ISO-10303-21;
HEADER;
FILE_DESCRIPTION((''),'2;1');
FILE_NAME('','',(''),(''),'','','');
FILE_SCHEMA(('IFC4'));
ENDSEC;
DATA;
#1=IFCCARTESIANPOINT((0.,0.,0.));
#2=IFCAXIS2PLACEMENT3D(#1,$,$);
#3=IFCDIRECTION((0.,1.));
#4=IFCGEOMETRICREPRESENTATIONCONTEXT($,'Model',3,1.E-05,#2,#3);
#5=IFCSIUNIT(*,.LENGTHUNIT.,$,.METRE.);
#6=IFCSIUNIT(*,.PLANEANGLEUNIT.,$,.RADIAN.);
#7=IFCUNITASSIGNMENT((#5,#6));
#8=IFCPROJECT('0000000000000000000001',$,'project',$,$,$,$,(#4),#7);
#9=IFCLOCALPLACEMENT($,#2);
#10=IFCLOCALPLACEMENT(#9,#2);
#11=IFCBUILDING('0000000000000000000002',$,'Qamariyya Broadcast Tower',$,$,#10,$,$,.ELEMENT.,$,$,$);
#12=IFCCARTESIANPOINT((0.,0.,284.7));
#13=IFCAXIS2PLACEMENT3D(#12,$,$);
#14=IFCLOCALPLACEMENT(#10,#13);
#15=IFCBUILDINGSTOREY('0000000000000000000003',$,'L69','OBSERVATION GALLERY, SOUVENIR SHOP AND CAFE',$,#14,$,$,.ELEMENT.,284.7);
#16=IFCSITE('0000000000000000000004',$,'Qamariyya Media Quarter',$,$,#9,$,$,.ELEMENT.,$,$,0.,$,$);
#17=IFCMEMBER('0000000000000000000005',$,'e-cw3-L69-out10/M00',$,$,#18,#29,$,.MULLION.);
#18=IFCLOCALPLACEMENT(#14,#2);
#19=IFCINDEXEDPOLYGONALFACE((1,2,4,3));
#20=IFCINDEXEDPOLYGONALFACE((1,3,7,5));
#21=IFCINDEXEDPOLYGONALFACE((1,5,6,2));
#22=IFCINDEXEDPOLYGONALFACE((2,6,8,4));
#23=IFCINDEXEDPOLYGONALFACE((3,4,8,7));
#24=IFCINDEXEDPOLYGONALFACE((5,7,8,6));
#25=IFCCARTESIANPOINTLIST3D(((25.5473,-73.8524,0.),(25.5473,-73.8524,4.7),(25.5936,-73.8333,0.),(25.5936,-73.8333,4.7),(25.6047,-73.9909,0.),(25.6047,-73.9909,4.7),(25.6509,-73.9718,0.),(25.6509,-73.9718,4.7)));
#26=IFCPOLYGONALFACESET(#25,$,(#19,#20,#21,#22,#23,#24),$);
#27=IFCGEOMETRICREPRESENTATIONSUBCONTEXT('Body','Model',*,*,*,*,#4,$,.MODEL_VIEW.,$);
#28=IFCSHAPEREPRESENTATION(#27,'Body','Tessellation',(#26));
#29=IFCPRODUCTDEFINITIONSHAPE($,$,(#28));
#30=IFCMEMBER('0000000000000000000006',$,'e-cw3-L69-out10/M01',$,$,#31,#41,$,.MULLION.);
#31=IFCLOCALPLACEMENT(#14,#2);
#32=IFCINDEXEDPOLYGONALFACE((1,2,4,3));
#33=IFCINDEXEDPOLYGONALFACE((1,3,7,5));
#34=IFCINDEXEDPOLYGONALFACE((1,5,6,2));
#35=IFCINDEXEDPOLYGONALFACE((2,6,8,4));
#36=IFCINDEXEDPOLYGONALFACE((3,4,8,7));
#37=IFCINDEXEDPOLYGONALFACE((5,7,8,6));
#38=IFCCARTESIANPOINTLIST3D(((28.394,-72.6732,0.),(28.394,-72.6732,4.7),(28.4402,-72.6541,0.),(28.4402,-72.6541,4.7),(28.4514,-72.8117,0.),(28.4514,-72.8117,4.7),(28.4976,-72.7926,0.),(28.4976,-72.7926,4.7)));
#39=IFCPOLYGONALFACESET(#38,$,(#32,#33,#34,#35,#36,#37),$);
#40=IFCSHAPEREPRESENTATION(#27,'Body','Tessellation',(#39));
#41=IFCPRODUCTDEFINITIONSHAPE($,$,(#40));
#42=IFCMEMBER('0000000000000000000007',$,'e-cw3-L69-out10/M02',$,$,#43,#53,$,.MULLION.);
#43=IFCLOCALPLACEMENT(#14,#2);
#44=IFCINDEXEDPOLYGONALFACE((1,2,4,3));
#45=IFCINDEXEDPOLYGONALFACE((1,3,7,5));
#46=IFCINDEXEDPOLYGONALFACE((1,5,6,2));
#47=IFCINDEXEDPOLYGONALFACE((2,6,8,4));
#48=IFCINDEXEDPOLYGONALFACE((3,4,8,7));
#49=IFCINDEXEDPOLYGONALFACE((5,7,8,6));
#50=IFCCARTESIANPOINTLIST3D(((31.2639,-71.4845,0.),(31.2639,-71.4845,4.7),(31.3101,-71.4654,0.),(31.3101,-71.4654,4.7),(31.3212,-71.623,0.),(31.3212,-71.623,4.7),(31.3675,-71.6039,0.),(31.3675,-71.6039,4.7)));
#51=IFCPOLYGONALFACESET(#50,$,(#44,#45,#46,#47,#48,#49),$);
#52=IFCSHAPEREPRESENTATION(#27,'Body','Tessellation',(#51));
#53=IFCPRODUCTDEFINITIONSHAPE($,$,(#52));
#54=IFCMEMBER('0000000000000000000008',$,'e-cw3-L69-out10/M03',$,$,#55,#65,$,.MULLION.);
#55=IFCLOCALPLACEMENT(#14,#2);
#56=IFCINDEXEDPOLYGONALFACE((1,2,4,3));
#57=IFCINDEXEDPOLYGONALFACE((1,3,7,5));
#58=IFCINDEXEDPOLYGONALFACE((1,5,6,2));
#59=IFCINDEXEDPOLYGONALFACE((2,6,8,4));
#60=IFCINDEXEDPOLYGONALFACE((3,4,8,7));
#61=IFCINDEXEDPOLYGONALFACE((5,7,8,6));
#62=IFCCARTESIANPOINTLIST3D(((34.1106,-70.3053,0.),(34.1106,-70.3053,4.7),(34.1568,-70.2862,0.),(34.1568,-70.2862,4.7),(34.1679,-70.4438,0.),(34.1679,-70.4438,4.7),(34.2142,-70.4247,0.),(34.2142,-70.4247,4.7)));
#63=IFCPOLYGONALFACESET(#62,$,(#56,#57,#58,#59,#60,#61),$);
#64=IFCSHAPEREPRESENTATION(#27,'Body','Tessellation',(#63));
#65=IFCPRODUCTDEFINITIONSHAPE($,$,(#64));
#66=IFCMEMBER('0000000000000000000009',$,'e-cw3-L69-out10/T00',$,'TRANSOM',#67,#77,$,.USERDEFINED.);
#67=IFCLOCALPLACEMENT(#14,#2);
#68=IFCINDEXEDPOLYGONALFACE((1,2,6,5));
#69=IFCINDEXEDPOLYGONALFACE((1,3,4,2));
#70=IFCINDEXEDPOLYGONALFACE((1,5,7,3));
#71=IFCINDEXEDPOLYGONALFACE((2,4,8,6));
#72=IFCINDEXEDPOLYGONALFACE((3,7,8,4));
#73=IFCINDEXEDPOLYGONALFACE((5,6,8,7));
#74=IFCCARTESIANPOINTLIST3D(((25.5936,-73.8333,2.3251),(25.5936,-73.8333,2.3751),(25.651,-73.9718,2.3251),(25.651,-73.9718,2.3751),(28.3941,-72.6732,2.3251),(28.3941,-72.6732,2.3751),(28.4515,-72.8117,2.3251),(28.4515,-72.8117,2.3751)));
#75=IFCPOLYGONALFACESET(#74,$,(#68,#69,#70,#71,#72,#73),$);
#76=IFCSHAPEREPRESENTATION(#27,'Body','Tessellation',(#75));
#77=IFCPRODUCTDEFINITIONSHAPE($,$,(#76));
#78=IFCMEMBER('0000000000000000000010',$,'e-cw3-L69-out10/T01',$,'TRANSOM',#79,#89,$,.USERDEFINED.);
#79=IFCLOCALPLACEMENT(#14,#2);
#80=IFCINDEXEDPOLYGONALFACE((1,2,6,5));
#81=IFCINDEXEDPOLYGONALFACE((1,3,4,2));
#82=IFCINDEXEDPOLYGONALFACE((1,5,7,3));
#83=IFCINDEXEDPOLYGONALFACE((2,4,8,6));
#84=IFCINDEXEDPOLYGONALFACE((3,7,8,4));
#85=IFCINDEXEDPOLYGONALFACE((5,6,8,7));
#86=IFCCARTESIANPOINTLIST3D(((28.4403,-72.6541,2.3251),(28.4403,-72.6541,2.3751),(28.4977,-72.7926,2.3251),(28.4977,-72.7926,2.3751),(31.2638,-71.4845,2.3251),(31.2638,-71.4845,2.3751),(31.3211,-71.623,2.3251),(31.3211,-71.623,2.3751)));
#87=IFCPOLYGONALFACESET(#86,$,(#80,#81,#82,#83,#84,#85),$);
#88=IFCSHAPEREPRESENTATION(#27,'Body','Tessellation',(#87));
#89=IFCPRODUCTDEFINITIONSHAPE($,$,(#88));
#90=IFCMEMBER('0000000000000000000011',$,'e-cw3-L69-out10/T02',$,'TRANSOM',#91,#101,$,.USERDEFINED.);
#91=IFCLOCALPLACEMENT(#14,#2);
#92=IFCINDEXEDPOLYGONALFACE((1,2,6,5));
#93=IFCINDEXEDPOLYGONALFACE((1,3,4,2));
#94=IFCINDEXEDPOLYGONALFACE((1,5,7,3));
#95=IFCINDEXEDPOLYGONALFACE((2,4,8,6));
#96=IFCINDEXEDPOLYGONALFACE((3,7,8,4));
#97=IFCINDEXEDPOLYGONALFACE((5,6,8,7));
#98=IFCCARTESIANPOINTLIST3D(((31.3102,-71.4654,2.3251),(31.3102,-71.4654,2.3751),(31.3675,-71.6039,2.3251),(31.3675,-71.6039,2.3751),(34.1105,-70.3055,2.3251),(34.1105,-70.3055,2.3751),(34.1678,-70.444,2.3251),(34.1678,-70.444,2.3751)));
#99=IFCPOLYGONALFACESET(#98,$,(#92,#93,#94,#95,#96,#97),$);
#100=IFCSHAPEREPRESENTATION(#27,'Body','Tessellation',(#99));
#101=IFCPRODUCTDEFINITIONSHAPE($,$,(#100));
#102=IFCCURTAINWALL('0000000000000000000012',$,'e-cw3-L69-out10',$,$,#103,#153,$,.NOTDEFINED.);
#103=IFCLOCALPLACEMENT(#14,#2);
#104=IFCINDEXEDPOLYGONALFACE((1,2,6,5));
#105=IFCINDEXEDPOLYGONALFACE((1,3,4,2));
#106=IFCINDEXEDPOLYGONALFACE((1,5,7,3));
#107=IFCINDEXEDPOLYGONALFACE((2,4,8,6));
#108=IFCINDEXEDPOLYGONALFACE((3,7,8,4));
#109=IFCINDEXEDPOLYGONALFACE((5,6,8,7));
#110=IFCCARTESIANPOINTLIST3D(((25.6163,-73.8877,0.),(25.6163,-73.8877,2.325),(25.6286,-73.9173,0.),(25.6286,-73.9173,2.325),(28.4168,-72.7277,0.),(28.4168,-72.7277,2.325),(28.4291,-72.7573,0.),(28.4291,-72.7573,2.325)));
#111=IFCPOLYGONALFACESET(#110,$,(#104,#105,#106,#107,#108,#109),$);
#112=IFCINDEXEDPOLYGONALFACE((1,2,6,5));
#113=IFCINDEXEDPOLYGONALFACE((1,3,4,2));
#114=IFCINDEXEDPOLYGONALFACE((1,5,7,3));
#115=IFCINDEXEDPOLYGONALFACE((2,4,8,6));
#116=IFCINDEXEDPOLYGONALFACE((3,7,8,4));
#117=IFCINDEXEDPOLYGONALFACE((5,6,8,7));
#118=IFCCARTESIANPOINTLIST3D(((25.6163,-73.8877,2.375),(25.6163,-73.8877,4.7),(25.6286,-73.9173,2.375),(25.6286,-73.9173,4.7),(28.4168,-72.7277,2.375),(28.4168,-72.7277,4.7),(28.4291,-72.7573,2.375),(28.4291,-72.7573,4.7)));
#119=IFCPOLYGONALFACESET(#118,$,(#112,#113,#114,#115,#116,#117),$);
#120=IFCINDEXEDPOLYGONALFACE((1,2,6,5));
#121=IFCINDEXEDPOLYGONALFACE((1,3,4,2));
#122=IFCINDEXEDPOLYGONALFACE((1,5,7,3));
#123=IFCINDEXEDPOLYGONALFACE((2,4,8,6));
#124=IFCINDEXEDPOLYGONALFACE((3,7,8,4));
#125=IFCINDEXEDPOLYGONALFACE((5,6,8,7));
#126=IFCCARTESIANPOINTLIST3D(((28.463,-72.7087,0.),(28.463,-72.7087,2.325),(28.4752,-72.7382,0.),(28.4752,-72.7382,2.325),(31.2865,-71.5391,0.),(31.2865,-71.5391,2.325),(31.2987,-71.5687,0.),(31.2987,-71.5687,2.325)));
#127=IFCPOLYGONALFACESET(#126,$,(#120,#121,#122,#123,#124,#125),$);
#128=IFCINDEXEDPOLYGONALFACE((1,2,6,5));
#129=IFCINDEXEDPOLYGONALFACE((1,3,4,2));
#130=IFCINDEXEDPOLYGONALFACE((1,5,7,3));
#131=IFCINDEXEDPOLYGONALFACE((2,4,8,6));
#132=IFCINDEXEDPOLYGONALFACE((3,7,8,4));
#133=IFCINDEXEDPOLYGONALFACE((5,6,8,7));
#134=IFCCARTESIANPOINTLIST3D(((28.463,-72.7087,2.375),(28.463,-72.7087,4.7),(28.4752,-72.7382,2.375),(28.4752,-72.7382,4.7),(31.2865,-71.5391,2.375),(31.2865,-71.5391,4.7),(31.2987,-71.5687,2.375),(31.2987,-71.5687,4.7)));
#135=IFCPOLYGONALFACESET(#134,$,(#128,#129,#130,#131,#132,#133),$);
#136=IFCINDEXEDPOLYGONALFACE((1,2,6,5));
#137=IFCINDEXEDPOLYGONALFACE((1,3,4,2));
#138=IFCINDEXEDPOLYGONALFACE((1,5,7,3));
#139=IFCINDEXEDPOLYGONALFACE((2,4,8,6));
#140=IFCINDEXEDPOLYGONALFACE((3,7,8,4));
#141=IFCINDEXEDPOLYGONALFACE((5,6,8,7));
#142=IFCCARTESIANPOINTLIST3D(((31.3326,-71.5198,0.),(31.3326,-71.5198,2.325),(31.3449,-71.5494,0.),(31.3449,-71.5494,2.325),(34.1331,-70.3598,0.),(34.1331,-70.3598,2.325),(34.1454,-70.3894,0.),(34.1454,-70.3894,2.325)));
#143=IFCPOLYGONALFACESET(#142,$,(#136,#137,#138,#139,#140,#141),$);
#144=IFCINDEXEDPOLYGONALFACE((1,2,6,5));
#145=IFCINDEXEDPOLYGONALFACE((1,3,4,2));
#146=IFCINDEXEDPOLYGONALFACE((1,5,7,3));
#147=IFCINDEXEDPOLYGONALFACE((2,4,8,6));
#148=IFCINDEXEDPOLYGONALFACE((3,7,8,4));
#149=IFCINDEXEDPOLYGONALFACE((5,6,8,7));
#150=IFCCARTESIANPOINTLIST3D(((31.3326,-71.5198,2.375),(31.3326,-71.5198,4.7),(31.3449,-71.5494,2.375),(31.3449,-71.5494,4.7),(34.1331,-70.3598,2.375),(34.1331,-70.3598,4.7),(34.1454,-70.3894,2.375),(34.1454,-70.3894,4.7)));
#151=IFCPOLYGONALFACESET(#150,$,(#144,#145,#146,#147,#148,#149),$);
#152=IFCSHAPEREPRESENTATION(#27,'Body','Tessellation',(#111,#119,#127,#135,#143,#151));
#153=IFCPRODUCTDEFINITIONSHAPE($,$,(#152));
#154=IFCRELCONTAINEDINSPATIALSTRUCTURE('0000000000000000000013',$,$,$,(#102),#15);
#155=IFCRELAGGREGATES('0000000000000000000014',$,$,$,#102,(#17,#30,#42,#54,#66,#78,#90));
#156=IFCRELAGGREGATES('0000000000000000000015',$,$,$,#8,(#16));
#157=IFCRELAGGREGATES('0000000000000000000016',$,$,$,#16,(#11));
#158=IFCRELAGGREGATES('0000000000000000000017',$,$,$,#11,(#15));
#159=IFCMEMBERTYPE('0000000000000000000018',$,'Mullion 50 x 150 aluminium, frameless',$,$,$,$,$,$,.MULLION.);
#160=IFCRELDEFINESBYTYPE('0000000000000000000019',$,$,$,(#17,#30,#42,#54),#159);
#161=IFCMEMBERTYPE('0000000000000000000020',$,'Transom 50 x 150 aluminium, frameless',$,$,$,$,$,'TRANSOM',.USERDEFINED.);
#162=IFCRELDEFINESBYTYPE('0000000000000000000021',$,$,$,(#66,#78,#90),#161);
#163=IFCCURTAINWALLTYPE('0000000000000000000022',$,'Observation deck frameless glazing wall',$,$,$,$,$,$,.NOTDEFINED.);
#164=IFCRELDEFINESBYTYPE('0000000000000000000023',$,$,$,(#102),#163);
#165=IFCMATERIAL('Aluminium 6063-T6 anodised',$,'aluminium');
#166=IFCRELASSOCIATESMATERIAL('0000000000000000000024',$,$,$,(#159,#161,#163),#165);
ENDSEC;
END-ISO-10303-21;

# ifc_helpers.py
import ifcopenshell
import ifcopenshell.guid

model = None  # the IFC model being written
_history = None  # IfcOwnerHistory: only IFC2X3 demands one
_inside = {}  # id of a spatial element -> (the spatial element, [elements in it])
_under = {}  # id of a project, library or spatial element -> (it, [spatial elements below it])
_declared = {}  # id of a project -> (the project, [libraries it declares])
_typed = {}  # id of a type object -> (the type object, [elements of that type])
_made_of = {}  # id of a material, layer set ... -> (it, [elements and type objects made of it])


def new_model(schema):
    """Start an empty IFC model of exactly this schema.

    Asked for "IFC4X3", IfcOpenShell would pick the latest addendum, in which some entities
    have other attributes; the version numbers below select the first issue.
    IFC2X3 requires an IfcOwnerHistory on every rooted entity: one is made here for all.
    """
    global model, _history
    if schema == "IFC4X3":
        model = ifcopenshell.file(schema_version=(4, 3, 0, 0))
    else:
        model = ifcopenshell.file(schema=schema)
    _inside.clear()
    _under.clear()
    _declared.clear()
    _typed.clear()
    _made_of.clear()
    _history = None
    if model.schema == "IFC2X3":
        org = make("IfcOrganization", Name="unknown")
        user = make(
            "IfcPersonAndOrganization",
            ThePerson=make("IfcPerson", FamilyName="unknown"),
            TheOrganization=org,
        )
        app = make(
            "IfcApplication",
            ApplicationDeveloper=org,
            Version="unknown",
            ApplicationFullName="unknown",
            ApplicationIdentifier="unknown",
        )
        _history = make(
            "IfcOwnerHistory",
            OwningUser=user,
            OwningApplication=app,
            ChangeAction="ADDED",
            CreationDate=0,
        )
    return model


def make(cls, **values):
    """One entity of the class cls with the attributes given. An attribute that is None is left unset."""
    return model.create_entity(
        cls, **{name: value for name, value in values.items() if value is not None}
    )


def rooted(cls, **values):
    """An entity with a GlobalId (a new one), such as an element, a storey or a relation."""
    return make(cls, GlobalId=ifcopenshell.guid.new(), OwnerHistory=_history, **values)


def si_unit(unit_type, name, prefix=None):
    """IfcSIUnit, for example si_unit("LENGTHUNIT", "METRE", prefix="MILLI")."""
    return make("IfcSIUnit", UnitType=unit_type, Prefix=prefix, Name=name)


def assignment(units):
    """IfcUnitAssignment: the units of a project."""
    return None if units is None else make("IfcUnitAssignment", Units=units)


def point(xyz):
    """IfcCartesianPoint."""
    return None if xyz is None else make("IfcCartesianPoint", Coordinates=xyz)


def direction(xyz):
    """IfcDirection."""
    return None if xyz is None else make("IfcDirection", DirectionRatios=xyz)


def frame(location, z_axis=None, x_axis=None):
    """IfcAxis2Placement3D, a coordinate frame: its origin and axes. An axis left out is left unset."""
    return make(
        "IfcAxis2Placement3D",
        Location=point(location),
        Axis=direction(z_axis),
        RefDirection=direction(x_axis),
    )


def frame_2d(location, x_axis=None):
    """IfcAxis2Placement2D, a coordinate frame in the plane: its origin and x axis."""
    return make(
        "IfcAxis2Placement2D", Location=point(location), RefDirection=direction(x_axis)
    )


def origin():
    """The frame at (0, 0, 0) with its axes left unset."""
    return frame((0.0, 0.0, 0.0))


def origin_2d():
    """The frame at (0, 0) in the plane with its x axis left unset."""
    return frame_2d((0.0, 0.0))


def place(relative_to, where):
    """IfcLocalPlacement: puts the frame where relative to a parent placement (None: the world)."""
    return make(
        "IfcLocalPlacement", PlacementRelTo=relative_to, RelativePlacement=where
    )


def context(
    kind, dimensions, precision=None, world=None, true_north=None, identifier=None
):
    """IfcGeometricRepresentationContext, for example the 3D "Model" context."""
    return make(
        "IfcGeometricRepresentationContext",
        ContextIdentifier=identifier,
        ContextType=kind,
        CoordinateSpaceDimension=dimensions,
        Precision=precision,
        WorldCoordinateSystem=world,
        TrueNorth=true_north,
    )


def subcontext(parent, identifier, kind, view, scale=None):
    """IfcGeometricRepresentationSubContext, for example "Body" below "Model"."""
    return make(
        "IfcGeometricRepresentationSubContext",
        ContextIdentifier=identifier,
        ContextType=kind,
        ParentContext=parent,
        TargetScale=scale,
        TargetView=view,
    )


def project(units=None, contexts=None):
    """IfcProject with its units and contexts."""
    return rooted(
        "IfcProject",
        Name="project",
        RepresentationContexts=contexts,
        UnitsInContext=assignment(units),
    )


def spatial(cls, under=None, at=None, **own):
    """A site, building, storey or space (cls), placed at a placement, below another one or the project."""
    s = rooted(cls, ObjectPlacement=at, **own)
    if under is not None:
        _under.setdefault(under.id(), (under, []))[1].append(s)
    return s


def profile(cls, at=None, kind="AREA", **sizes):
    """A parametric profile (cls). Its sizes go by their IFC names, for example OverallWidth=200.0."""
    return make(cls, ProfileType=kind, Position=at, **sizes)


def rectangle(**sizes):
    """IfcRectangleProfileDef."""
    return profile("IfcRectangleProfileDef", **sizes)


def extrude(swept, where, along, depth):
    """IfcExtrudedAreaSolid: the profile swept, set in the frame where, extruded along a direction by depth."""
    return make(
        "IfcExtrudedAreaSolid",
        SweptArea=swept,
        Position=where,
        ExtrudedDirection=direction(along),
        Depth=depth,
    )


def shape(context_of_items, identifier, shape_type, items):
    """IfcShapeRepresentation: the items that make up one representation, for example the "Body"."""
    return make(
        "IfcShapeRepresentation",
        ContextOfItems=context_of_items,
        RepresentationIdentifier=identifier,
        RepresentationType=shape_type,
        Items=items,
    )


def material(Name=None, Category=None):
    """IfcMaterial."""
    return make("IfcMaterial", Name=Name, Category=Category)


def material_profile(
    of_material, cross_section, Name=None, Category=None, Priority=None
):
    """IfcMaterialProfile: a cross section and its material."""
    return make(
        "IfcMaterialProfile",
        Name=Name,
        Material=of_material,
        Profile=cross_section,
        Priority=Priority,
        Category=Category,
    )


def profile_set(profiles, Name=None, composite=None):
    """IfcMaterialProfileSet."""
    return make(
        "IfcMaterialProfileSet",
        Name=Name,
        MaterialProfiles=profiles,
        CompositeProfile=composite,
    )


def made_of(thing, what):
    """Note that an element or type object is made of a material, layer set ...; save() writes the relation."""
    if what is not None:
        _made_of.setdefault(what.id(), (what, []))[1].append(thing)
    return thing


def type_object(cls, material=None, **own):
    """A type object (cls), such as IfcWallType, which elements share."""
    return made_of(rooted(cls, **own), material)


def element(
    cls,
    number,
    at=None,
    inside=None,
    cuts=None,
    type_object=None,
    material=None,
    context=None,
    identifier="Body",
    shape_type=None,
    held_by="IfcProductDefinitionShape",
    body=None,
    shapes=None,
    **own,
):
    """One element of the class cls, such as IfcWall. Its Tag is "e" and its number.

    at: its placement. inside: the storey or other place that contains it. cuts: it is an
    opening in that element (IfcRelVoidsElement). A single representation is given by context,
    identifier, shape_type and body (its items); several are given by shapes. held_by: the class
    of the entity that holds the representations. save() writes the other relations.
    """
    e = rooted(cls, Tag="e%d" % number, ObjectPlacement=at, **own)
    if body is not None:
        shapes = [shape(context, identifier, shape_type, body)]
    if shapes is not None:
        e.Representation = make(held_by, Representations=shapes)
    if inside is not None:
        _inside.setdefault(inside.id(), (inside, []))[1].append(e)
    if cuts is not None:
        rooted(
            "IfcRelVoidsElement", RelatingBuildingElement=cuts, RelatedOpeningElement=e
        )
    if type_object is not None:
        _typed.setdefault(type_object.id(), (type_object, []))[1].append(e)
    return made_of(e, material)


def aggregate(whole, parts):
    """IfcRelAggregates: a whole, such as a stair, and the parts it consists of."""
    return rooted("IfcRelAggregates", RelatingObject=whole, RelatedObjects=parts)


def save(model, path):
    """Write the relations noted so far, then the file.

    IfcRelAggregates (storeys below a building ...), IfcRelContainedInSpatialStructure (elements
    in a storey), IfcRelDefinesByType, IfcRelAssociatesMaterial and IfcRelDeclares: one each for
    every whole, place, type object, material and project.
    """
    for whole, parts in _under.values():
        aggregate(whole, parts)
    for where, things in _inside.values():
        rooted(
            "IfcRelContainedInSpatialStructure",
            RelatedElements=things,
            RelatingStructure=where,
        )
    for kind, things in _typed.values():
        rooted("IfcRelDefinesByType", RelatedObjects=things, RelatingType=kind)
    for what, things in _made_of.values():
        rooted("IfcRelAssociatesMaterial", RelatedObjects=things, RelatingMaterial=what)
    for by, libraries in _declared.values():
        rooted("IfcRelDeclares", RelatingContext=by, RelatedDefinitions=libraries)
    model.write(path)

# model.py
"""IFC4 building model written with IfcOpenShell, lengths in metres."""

from ifc_helpers import new_model, si_unit, direction, frame, origin, origin_2d, place, context, subcontext, project, spatial, rectangle, extrude, material, material_profile, profile_set, type_object, element, aggregate, save


model = new_model("IFC4")

# Units and contexts
model_context = context("Model", 3, precision=1e-05, world=origin(), true_north=direction((0.0, 1.0)))
body_context = subcontext(model_context, "Body", "Model", "MODEL_VIEW")
ifc_project = project(units=[si_unit("LENGTHUNIT", "METRE"), si_unit("PLANEANGLEUNIT", "RADIAN")], contexts=[model_context])

# Members
ifc_material = material(Name="Aluminium 6063-T6 anodised", Category="aluminium")
ifc_material_profile_1 = material_profile(ifc_material, rectangle(XDim=0.1499, YDim=0.05, at=origin_2d()))
ifc_profile_set_1 = profile_set([ifc_material_profile_1], Name="Aluminium 6063-T6 anodised")
member_type_1 = type_object("IfcMemberType", Name="Mullion 50 x 150 aluminium, frameless", PredefinedType="MULLION", material=ifc_profile_set_1)
site_placement = place(None, origin())
building_placement = place(site_placement, origin())
storey_placement = place(building_placement, frame((0.0, 0.0, 284.7)))
member_1_placement = place(storey_placement, frame((25.5991, -73.9121, 0.0), z_axis=(0.0, 0.0, 1.0), x_axis=(-0.382683, 0.92388, 0.0)))
member_1 = element("IfcMember", 1, at=member_1_placement, type_object=member_type_1, Name="e-cw3-L69-out10/M00", PredefinedType="MULLION", context=body_context, shape_type="SweptSolid", body=[
    extrude(rectangle(XDim=0.1499, YDim=0.05, at=origin_2d()), origin(), (0.0, 0.0, 1.0), 4.7),
])
member_2_placement = place(storey_placement, frame((28.4458, -72.7329, 0.0), z_axis=(0.0, 0.0, 1.0), x_axis=(-0.382683, 0.92388, 0.0)))
member_2 = element("IfcMember", 2, at=member_2_placement, type_object=member_type_1, Name="e-cw3-L69-out10/M01", PredefinedType="MULLION", context=body_context, shape_type="SweptSolid", body=[
    extrude(rectangle(XDim=0.1499, YDim=0.05, at=origin_2d()), origin(), (0.0, 0.0, 1.0), 4.7),
])
member_3_placement = place(storey_placement, frame((31.3157, -71.5442, 0.0), z_axis=(0.0, 0.0, 1.0), x_axis=(-0.382683, 0.92388, 0.0)))
member_3 = element("IfcMember", 3, at=member_3_placement, type_object=member_type_1, Name="e-cw3-L69-out10/M02", PredefinedType="MULLION", context=body_context, shape_type="SweptSolid", body=[
    extrude(rectangle(XDim=0.1499, YDim=0.05, at=origin_2d()), origin(), (0.0, 0.0, 1.0), 4.7),
])
member_4_placement = place(storey_placement, frame((34.1624, -70.365, 0.0), z_axis=(0.0, 0.0, 1.0), x_axis=(-0.382683, 0.92388, 0.0)))
member_4 = element("IfcMember", 4, at=member_4_placement, type_object=member_type_1, Name="e-cw3-L69-out10/M03", PredefinedType="MULLION", context=body_context, shape_type="SweptSolid", body=[
    extrude(rectangle(XDim=0.1499, YDim=0.05, at=origin_2d()), origin(), (0.0, 0.0, 1.0), 4.7),
])
ifc_material_profile_2 = material_profile(ifc_material, rectangle(XDim=0.1499, YDim=0.05, at=origin_2d()))
ifc_profile_set_2 = profile_set([ifc_material_profile_2], Name="Aluminium 6063-T6 anodised")
member_type_2 = type_object("IfcMemberType", Name="Transom 50 x 150 aluminium, frameless", ElementType="TRANSOM", PredefinedType="USERDEFINED", material=ifc_profile_set_2)
member_5_placement = place(storey_placement, frame((25.6223, -73.9026, 2.3501), z_axis=(0.923864, 0.382722, 0.0), x_axis=(-0.382722, 0.923864, 0.0)))
member_5 = element("IfcMember", 5, at=member_5_placement, type_object=member_type_2, Name="e-cw3-L69-out10/T00", ObjectType="TRANSOM", PredefinedType="USERDEFINED", context=body_context, shape_type="SweptSolid", body=[
    extrude(rectangle(XDim=0.1499, YDim=0.05, at=origin_2d()), origin(), (0.0, 0.0, 1.0), 3.0312),
])
member_6_placement = place(storey_placement, frame((28.469, -72.7234, 2.3501), z_axis=(0.923862, 0.382726, 0.0), x_axis=(-0.382726, 0.923862, 0.0)))
member_6 = element("IfcMember", 6, at=member_6_placement, type_object=member_type_2, Name="e-cw3-L69-out10/T01", ObjectType="TRANSOM", PredefinedType="USERDEFINED", context=body_context, shape_type="SweptSolid", body=[
    extrude(rectangle(XDim=0.1499, YDim=0.05, at=origin_2d()), origin(), (0.0, 0.0, 1.0), 3.0562),
])
member_7_placement = place(storey_placement, frame((31.3389, -71.5347, 2.3501), z_axis=(0.92388, 0.382681, 0.0), x_axis=(-0.382681, 0.92388, 0.0)))
member_7 = element("IfcMember", 7, at=member_7_placement, type_object=member_type_2, Name="e-cw3-L69-out10/T02", ObjectType="TRANSOM", PredefinedType="USERDEFINED", context=body_context, shape_type="SweptSolid", body=[
    extrude(rectangle(XDim=0.1499, YDim=0.05, at=origin_2d()), origin(), (0.0, 0.0, 1.0), 3.031),
])

# Site, building, storey
site = spatial("IfcSite", under=ifc_project, at=site_placement, Name="Qamariyya Media Quarter", CompositionType="ELEMENT", RefElevation=0.0)
building = spatial("IfcBuilding", under=site, at=building_placement, Name="Qamariyya Broadcast Tower", CompositionType="ELEMENT")
storey = spatial("IfcBuildingStorey", under=building, at=storey_placement, Name="L69", Description="OBSERVATION GALLERY, SOUVENIR SHOP AND CAFE", CompositionType="ELEMENT", Elevation=284.7)

# Curtain wall
curtain_wall_type = type_object("IfcCurtainWallType", Name="Observation deck frameless glazing wall", PredefinedType="NOTDEFINED", material=ifc_material)
curtain_wall_1_placement = place(storey_placement, origin())
curtain_wall_1 = element("IfcCurtainWall", 8, at=curtain_wall_1_placement, inside=storey, type_object=curtain_wall_type, Name="e-cw3-L69-out10", PredefinedType="NOTDEFINED", context=body_context, shape_type="SweptSolid", body=[
    extrude(rectangle(XDim=3.0312, YDim=0.032, at=origin_2d()), frame((27.0227, -73.3225, 0.0), x_axis=(0.923878, 0.382687, 0.0)), (0.0, 0.0, 1.0), 2.325),
    extrude(rectangle(XDim=3.0312, YDim=0.032, at=origin_2d()), frame((27.0227, -73.3225, 2.375), x_axis=(0.923878, 0.382687, 0.0)), (0.0, 0.0, 1.0), 2.325),
    extrude(rectangle(XDim=3.0562, YDim=0.032, at=origin_2d()), frame((29.8809, -72.1387, 0.0), x_axis=(0.923878, 0.382687, 0.0)), (0.0, 0.0, 1.0), 2.325),
    extrude(rectangle(XDim=3.0562, YDim=0.032, at=origin_2d()), frame((29.8809, -72.1387, 2.375), x_axis=(0.923878, 0.382687, 0.0)), (0.0, 0.0, 1.0), 2.325),
    extrude(rectangle(XDim=3.0312, YDim=0.032, at=origin_2d()), frame((32.739, -70.9546, 0.0), x_axis=(0.923878, 0.382687, 0.0)), (0.0, 0.0, 1.0), 2.325),
    extrude(rectangle(XDim=3.0312, YDim=0.032, at=origin_2d()), frame((32.739, -70.9546, 2.375), x_axis=(0.923878, 0.382687, 0.0)), (0.0, 0.0, 1.0), 2.325),
])
aggregate(curtain_wall_1, [member_1, member_2, member_3, member_4, member_5, member_6, member_7])

save(model, "model.ifc")
